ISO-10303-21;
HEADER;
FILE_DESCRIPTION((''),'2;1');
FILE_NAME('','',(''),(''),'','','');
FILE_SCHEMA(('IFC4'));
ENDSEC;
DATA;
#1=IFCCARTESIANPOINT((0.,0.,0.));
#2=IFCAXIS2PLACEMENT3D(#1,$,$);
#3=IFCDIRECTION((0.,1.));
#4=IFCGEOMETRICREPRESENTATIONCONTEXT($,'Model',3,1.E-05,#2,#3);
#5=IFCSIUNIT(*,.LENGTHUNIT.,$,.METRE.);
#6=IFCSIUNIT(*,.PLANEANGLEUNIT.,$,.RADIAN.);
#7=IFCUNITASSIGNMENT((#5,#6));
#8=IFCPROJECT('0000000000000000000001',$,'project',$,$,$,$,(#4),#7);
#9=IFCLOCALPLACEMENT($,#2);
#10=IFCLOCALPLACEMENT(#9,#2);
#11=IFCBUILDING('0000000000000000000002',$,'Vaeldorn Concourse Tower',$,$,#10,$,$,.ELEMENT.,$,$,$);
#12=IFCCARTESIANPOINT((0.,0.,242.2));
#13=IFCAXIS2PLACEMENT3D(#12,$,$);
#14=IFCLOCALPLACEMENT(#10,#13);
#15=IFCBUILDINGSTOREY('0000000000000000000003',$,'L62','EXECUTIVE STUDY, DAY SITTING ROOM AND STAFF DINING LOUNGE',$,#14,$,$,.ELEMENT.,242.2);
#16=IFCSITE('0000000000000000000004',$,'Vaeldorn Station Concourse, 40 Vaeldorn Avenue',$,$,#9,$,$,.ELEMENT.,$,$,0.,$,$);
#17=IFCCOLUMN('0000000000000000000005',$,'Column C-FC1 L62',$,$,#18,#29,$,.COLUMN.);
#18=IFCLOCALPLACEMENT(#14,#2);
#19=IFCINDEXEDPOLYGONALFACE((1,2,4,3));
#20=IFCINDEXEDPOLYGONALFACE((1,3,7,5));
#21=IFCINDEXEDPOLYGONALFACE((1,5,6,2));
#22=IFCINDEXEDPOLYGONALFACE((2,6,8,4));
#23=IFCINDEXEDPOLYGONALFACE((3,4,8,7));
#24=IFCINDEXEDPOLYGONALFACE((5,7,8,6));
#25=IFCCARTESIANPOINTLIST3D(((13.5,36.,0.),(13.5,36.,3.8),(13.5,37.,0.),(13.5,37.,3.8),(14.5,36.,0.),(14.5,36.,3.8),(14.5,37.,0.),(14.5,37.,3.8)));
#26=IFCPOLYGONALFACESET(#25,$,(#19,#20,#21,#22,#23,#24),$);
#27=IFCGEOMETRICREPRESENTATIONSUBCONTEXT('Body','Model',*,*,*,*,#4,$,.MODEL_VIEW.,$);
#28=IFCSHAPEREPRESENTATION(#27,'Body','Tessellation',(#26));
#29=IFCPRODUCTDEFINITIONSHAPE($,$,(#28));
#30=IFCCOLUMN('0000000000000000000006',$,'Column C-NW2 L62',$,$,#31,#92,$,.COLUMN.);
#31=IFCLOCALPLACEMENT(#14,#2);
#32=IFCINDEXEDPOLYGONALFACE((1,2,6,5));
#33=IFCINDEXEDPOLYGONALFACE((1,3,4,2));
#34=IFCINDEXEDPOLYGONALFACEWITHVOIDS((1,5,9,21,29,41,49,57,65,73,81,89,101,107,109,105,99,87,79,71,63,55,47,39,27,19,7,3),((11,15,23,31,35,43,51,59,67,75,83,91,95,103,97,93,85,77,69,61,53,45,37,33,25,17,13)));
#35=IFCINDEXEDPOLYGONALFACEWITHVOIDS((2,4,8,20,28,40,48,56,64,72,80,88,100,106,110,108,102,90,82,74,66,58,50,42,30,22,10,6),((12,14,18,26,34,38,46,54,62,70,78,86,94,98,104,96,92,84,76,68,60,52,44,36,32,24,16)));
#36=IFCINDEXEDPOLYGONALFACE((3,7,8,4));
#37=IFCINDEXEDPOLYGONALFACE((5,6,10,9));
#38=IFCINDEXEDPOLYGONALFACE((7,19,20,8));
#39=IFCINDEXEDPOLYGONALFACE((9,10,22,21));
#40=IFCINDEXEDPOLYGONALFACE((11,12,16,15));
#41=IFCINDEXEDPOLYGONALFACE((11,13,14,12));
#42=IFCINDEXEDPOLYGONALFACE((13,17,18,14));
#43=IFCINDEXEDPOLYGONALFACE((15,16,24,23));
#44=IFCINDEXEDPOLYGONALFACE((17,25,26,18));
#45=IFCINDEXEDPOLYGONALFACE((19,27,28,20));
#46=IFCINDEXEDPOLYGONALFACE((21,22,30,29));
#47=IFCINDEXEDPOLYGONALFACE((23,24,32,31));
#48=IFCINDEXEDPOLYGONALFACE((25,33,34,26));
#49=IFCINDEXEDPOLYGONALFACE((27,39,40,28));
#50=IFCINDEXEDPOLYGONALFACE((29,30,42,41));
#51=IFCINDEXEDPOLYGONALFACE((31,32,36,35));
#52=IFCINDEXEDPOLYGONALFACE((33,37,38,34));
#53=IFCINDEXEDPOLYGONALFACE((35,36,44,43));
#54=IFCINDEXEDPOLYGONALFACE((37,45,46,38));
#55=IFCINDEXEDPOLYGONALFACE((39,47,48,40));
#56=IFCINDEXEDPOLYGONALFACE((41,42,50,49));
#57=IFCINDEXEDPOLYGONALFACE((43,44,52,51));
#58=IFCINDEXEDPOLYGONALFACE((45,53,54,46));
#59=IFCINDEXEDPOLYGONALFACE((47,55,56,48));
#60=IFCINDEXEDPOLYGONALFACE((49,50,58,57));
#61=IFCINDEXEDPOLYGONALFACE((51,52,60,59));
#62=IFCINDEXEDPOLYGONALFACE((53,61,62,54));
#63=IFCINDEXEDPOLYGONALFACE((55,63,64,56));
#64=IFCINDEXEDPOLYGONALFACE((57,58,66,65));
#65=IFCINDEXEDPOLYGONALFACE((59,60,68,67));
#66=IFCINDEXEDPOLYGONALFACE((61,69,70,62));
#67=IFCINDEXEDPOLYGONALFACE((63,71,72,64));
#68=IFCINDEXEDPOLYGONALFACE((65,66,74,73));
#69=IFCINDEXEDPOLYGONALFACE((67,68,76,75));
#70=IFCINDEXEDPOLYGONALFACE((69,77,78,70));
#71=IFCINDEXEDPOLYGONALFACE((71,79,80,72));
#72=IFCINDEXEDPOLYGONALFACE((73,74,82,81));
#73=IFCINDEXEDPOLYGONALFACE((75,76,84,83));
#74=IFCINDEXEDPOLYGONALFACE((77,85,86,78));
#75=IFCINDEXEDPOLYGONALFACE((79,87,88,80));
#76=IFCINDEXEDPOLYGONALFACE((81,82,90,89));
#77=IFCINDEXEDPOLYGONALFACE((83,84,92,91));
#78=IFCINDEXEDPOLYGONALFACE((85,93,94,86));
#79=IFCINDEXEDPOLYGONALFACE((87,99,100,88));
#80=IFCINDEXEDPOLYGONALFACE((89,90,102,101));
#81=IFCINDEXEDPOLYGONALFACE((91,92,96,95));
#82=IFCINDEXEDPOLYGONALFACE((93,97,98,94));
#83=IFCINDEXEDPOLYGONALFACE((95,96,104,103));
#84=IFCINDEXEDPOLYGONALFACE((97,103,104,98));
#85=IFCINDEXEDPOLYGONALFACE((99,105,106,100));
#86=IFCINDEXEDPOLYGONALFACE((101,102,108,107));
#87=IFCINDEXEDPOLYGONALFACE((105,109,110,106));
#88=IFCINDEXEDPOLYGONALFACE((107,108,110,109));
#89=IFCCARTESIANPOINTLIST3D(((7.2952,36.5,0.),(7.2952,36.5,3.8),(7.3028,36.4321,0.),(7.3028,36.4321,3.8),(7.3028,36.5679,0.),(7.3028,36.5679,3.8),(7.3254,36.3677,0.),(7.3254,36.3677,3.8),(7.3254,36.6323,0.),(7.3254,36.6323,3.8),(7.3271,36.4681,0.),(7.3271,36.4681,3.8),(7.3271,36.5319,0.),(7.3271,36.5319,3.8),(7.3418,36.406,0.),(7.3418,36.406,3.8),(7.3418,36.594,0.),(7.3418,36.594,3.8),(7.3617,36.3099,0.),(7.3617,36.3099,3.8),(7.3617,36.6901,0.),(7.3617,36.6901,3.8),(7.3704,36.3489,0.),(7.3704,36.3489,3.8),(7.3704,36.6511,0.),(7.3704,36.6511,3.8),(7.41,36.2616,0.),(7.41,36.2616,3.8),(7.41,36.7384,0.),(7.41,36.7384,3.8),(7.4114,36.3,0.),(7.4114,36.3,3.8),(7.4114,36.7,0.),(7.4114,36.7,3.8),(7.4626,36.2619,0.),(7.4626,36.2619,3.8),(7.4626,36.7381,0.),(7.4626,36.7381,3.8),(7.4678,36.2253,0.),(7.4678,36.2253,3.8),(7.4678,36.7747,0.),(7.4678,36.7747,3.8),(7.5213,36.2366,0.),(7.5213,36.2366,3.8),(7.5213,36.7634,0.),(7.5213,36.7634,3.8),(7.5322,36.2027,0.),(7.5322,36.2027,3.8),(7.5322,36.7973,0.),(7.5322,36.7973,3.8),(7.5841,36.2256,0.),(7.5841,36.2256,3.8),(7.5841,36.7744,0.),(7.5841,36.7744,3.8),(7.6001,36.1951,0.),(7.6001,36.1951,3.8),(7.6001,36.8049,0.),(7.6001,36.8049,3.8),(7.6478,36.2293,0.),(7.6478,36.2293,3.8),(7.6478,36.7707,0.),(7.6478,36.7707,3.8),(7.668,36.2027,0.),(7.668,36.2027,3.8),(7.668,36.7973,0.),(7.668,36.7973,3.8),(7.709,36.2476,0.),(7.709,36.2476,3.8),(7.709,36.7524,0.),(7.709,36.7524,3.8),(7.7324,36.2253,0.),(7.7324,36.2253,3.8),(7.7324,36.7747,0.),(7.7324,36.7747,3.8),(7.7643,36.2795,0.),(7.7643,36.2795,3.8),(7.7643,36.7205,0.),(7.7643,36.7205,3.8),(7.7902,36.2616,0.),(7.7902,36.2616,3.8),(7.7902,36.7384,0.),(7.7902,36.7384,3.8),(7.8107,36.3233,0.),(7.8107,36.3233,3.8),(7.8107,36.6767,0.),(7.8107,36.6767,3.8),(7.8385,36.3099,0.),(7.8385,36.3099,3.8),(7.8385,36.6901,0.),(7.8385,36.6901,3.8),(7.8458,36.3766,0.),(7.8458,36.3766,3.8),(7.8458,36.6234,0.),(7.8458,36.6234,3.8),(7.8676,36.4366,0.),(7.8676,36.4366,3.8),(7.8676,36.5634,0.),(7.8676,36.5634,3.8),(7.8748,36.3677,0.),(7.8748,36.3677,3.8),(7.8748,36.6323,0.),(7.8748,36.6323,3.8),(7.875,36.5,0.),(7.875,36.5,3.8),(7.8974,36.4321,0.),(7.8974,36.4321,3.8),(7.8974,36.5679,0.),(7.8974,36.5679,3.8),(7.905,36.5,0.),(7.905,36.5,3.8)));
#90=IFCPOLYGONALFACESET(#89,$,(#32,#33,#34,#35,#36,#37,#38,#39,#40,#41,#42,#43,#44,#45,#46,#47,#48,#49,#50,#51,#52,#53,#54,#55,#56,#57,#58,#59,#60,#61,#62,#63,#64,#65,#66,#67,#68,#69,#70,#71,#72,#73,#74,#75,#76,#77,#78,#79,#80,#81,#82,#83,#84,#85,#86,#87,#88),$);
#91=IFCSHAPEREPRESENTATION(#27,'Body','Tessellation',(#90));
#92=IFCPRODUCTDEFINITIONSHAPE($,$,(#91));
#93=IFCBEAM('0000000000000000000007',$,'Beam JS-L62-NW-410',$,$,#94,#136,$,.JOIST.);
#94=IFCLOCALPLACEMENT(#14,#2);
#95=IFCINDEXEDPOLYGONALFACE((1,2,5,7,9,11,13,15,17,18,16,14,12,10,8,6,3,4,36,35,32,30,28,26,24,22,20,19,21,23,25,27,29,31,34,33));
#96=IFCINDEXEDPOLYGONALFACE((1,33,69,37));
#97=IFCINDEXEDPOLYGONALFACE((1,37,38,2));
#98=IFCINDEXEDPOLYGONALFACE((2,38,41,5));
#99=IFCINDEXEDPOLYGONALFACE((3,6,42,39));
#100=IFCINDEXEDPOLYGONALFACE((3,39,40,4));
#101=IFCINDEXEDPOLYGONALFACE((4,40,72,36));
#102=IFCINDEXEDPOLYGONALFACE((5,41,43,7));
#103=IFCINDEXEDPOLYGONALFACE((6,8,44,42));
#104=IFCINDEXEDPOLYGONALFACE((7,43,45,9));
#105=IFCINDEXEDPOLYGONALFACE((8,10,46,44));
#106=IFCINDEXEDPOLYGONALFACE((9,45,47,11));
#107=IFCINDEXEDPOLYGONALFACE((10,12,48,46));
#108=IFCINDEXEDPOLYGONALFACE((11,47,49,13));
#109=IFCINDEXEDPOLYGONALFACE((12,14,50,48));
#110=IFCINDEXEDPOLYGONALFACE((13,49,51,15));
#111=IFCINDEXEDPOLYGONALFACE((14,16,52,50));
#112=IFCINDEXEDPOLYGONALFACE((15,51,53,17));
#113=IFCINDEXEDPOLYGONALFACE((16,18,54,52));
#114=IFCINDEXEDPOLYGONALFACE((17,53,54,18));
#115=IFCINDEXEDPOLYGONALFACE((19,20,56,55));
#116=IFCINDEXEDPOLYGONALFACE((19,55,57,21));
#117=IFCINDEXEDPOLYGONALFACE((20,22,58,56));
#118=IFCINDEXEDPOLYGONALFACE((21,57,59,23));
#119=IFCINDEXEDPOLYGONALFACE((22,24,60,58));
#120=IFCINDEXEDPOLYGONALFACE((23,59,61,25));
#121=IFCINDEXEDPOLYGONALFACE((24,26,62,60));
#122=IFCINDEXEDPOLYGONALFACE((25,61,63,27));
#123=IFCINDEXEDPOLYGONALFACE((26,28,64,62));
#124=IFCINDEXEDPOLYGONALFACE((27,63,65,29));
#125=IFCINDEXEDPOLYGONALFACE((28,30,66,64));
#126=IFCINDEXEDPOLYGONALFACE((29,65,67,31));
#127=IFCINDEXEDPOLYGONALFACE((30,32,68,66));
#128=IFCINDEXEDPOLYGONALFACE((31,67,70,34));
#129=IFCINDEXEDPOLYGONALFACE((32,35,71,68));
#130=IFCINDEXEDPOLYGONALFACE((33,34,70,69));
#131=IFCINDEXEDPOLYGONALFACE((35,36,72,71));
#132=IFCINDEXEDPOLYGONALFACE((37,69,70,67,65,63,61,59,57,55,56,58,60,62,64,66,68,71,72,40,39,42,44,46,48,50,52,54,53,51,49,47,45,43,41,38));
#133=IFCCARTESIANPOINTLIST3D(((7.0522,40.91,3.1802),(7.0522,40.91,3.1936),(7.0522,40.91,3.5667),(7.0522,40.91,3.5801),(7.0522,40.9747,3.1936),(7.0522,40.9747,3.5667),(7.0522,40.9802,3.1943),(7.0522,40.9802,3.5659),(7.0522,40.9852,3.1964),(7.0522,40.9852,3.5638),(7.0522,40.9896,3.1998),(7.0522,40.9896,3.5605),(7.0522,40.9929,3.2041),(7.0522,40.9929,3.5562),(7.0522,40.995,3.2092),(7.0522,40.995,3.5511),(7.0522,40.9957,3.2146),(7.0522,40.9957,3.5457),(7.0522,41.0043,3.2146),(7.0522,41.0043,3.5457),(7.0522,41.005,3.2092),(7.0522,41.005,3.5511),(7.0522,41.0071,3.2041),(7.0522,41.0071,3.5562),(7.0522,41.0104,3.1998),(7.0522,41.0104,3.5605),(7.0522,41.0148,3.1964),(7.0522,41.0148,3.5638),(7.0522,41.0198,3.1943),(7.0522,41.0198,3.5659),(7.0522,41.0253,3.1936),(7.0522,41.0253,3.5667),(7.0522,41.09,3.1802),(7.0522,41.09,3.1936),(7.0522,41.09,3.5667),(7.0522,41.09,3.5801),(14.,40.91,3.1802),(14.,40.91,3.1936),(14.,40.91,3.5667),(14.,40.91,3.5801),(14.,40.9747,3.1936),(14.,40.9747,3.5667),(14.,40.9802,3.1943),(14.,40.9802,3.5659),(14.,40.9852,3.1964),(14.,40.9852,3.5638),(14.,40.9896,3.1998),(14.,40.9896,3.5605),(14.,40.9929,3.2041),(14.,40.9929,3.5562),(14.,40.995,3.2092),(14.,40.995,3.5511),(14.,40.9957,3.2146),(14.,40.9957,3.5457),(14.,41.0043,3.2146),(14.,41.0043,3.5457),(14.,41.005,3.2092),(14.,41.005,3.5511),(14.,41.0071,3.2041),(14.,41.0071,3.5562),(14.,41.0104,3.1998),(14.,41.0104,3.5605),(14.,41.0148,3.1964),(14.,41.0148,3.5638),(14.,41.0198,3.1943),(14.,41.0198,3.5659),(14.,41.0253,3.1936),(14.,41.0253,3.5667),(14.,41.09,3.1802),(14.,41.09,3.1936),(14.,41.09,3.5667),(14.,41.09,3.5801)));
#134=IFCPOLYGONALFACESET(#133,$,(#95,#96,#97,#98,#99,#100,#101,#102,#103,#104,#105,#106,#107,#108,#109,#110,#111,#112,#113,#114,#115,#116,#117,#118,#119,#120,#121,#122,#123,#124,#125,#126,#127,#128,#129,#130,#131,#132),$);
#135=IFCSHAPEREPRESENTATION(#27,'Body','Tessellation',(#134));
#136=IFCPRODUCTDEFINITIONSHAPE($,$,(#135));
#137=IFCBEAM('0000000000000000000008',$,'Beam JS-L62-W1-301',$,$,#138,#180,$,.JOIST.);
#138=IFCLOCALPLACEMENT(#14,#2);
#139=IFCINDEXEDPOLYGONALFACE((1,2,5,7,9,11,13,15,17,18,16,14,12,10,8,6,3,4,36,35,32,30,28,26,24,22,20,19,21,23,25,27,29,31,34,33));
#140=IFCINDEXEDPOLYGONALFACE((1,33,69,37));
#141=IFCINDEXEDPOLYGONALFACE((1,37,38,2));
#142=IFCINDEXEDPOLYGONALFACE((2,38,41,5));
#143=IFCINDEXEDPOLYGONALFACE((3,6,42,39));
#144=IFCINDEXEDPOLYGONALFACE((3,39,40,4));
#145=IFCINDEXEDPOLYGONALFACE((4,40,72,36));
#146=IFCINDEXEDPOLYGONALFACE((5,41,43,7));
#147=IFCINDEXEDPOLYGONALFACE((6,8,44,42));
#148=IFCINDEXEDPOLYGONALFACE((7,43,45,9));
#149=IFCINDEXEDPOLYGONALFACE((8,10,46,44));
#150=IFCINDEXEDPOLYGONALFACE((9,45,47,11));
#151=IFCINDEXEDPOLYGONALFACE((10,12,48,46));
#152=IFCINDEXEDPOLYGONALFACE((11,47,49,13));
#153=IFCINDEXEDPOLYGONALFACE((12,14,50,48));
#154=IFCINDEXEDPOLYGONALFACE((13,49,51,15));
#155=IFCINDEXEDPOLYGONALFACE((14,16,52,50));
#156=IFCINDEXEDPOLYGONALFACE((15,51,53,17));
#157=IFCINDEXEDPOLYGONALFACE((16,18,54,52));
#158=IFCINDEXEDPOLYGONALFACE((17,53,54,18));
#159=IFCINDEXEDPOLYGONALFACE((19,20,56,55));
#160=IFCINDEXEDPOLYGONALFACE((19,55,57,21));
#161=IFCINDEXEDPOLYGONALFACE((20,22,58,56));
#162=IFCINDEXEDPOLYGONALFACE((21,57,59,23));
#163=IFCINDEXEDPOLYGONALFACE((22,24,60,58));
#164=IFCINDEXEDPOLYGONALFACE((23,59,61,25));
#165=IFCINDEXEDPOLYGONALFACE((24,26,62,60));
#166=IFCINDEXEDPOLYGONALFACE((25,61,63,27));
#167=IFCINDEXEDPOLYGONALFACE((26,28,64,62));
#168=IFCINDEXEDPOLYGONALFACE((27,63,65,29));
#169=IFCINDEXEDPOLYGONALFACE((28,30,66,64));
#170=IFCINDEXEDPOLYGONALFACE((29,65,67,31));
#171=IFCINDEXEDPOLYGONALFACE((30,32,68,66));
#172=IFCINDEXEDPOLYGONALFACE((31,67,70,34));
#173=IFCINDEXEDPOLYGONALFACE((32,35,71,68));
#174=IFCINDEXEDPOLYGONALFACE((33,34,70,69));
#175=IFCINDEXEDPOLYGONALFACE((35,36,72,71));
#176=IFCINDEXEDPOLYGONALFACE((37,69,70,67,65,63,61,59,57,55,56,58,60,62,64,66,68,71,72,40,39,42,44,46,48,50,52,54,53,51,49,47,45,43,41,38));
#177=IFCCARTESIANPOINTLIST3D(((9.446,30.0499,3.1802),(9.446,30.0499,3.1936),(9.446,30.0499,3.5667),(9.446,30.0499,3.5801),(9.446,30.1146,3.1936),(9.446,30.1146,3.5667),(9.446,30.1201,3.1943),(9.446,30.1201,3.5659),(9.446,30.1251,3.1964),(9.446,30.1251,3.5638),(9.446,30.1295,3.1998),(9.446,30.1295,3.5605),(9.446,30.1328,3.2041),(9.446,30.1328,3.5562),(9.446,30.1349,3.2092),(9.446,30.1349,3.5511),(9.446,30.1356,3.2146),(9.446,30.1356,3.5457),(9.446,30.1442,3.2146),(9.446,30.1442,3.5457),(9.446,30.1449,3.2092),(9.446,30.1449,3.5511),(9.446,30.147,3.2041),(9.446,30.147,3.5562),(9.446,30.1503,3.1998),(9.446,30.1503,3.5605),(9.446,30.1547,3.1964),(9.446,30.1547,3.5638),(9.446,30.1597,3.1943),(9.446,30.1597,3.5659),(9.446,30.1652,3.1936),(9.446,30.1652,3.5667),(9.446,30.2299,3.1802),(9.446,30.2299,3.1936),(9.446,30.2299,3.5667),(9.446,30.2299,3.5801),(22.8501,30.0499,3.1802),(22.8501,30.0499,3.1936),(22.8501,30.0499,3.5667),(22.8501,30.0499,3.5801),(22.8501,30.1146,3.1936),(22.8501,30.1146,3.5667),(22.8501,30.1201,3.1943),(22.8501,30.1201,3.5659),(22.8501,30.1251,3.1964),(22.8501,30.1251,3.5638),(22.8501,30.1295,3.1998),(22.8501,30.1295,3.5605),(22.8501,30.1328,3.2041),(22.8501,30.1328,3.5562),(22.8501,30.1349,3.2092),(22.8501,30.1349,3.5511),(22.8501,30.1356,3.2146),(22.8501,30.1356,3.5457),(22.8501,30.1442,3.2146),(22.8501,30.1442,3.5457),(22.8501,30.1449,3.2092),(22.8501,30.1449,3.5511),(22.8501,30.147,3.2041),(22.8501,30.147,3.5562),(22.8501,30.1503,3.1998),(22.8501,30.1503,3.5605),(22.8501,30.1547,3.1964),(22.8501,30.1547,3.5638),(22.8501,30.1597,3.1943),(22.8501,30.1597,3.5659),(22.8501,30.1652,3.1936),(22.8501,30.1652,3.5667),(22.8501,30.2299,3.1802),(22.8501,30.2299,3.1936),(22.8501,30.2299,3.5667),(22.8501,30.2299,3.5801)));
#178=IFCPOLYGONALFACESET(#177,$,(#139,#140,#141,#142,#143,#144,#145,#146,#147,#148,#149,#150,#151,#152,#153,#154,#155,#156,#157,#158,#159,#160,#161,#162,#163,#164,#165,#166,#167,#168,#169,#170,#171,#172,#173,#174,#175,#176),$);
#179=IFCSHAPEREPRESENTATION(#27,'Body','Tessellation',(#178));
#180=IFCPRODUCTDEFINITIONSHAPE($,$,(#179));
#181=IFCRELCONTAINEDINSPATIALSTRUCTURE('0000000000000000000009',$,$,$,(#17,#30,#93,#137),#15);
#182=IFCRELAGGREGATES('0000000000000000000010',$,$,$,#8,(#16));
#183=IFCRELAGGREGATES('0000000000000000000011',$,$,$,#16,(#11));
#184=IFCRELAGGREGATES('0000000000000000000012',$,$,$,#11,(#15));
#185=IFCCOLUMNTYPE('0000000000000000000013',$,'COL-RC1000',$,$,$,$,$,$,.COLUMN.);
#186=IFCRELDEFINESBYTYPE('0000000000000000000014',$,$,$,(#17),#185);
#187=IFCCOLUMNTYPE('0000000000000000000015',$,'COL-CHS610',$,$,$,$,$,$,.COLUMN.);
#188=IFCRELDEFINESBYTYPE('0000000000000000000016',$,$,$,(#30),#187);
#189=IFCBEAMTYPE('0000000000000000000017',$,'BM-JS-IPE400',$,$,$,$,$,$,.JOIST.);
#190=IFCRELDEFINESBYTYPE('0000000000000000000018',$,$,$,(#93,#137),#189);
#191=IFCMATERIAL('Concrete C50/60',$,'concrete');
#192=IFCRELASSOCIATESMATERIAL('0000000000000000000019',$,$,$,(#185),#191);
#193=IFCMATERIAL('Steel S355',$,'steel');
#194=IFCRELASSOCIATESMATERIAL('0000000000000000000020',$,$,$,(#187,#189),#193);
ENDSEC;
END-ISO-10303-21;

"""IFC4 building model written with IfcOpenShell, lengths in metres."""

from ifc_helpers import new_model, si_unit, direction, frame, origin, origin_2d, place, context, subcontext, project, spatial, rectangle, hollow_circle, i_section, extrude, source, transform, mapped, material, material_profile, profile_set, type_object, element, save


model = new_model("IFC4")

# Units and contexts
model_context = context("Model", 3, precision=1e-05, world=origin(), true_north=direction((0.0, 1.0)))
body_context = subcontext(model_context, "Body", "Model", "MODEL_VIEW")
ifc_project = project(units=[si_unit("LENGTHUNIT", "METRE"), si_unit("PLANEANGLEUNIT", "RADIAN")], contexts=[model_context])

# Site, building, storey
site_placement = place(None, origin())
site = spatial("IfcSite", under=ifc_project, at=site_placement, Name="Vaeldorn Station Concourse, 40 Vaeldorn Avenue", CompositionType="ELEMENT", RefElevation=0.0)
building_placement = place(site_placement, origin())
building = spatial("IfcBuilding", under=site, at=building_placement, Name="Vaeldorn Concourse Tower", CompositionType="ELEMENT")
storey_placement = place(building_placement, frame((0.0, 0.0, 242.2)))
storey = spatial("IfcBuildingStorey", under=building, at=storey_placement, Name="L62", Description="EXECUTIVE STUDY, DAY SITTING ROOM AND STAFF DINING LOUNGE", CompositionType="ELEMENT", Elevation=242.2)

# Columns
ifc_material_1 = material(Name="Concrete C50/60", Category="concrete")
ifc_material_profile_1 = material_profile(ifc_material_1, rectangle(XDim=1.0, YDim=1.0, at=origin_2d()), Name="RC 1000x1000")
ifc_profile_set_1 = profile_set([ifc_material_profile_1], Name="Concrete C50/60")
column_type_1 = type_object("IfcColumnType", Name="COL-RC1000", PredefinedType="COLUMN", material=ifc_profile_set_1)
shared_shape_1 = source(origin(), body_context, "Body", "SweptSolid", [
    extrude(rectangle(XDim=1.0, YDim=1.0, at=origin_2d()), origin(), (0.0, 0.0, 1.0), 3.8),
])
column_1_placement = place(storey_placement, frame((14.0, 36.5, 0.0), z_axis=(0.0, 0.0, 1.0), x_axis=(1.0, 0.0, 0.0)))
element("IfcColumn", 1, at=column_1_placement, inside=storey, type_object=column_type_1, Name="Column C-FC1 L62", PredefinedType="COLUMN", context=body_context, shape_type="MappedRepresentation", body=[
    mapped(shared_shape_1, transform((0.0, 0.0, 0.0), scale=1.0)),
])
ifc_material_2 = material(Name="Steel S355", Category="steel")
ifc_material_profile_2 = material_profile(ifc_material_2, hollow_circle(Radius=0.3049, WallThickness=0.03, at=origin_2d()), Name="CHS 610x30")
ifc_profile_set_2 = profile_set([ifc_material_profile_2], Name="Steel S355")
column_type_2 = type_object("IfcColumnType", Name="COL-CHS610", PredefinedType="COLUMN", material=ifc_profile_set_2)
shared_shape_2 = source(origin(), body_context, "Body", "SweptSolid", [
    extrude(hollow_circle(Radius=0.3049, WallThickness=0.03, at=origin_2d()), origin(), (0.0, 0.0, 1.0), 3.8),
])
column_2_placement = place(storey_placement, frame((7.6001, 36.5, 0.0), z_axis=(0.0, 0.0, 1.0), x_axis=(1.0, 0.0, 0.0)))
element("IfcColumn", 2, at=column_2_placement, inside=storey, type_object=column_type_2, Name="Column C-NW2 L62", PredefinedType="COLUMN", context=body_context, shape_type="MappedRepresentation", body=[
    mapped(shared_shape_2, transform((0.0, 0.0, 0.0), scale=1.0)),
])

# Beams
ifc_material_profile_3 = material_profile(ifc_material_2, i_section(OverallWidth=0.1799, OverallDepth=0.3999, WebThickness=0.0085, FlangeThickness=0.0134, FilletRadius=0.021, at=origin_2d()), Name="IPE 400")
ifc_profile_set_3 = profile_set([ifc_material_profile_3], Name="Steel S355")
beam_type_1 = type_object("IfcBeamType", Name="BM-JS-IPE400", PredefinedType="JOIST", material=ifc_profile_set_3)
shared_shape_3 = source(origin(), body_context, "Body", "SweptSolid", [
    extrude(i_section(OverallWidth=0.1799, OverallDepth=0.3999, WebThickness=0.0085, FlangeThickness=0.0134, FilletRadius=0.021, at=origin_2d()), origin(), (0.0, 0.0, 1.0), 6.9478),
])
beam_1_placement = place(storey_placement, frame((7.0522, 41.0, 3.3801), z_axis=(1.0, 0.0, 0.0), x_axis=(0.0, 1.0, 0.0)))
element("IfcBeam", 3, at=beam_1_placement, inside=storey, type_object=beam_type_1, Name="Beam JS-L62-NW-410", PredefinedType="JOIST", context=body_context, shape_type="MappedRepresentation", body=[
    mapped(shared_shape_3, transform((0.0, 0.0, 0.0), scale=1.0)),
])
shared_shape_4 = source(origin(), body_context, "Body", "SweptSolid", [
    extrude(i_section(OverallWidth=0.1799, OverallDepth=0.3999, WebThickness=0.0085, FlangeThickness=0.0134, FilletRadius=0.021, at=origin_2d()), origin(), (0.0, 0.0, 1.0), 13.4041),
])
beam_2_placement = place(storey_placement, frame((9.446, 30.1399, 3.3801), z_axis=(1.0, 0.0, 0.0), x_axis=(0.0, 1.0, 0.0)))
element("IfcBeam", 4, at=beam_2_placement, inside=storey, type_object=beam_type_1, Name="Beam JS-L62-W1-301", PredefinedType="JOIST", context=body_context, shape_type="MappedRepresentation", body=[
    mapped(shared_shape_4, transform((0.0, 0.0, 0.0), scale=1.0)),
])

save(model, "model.ifc")
